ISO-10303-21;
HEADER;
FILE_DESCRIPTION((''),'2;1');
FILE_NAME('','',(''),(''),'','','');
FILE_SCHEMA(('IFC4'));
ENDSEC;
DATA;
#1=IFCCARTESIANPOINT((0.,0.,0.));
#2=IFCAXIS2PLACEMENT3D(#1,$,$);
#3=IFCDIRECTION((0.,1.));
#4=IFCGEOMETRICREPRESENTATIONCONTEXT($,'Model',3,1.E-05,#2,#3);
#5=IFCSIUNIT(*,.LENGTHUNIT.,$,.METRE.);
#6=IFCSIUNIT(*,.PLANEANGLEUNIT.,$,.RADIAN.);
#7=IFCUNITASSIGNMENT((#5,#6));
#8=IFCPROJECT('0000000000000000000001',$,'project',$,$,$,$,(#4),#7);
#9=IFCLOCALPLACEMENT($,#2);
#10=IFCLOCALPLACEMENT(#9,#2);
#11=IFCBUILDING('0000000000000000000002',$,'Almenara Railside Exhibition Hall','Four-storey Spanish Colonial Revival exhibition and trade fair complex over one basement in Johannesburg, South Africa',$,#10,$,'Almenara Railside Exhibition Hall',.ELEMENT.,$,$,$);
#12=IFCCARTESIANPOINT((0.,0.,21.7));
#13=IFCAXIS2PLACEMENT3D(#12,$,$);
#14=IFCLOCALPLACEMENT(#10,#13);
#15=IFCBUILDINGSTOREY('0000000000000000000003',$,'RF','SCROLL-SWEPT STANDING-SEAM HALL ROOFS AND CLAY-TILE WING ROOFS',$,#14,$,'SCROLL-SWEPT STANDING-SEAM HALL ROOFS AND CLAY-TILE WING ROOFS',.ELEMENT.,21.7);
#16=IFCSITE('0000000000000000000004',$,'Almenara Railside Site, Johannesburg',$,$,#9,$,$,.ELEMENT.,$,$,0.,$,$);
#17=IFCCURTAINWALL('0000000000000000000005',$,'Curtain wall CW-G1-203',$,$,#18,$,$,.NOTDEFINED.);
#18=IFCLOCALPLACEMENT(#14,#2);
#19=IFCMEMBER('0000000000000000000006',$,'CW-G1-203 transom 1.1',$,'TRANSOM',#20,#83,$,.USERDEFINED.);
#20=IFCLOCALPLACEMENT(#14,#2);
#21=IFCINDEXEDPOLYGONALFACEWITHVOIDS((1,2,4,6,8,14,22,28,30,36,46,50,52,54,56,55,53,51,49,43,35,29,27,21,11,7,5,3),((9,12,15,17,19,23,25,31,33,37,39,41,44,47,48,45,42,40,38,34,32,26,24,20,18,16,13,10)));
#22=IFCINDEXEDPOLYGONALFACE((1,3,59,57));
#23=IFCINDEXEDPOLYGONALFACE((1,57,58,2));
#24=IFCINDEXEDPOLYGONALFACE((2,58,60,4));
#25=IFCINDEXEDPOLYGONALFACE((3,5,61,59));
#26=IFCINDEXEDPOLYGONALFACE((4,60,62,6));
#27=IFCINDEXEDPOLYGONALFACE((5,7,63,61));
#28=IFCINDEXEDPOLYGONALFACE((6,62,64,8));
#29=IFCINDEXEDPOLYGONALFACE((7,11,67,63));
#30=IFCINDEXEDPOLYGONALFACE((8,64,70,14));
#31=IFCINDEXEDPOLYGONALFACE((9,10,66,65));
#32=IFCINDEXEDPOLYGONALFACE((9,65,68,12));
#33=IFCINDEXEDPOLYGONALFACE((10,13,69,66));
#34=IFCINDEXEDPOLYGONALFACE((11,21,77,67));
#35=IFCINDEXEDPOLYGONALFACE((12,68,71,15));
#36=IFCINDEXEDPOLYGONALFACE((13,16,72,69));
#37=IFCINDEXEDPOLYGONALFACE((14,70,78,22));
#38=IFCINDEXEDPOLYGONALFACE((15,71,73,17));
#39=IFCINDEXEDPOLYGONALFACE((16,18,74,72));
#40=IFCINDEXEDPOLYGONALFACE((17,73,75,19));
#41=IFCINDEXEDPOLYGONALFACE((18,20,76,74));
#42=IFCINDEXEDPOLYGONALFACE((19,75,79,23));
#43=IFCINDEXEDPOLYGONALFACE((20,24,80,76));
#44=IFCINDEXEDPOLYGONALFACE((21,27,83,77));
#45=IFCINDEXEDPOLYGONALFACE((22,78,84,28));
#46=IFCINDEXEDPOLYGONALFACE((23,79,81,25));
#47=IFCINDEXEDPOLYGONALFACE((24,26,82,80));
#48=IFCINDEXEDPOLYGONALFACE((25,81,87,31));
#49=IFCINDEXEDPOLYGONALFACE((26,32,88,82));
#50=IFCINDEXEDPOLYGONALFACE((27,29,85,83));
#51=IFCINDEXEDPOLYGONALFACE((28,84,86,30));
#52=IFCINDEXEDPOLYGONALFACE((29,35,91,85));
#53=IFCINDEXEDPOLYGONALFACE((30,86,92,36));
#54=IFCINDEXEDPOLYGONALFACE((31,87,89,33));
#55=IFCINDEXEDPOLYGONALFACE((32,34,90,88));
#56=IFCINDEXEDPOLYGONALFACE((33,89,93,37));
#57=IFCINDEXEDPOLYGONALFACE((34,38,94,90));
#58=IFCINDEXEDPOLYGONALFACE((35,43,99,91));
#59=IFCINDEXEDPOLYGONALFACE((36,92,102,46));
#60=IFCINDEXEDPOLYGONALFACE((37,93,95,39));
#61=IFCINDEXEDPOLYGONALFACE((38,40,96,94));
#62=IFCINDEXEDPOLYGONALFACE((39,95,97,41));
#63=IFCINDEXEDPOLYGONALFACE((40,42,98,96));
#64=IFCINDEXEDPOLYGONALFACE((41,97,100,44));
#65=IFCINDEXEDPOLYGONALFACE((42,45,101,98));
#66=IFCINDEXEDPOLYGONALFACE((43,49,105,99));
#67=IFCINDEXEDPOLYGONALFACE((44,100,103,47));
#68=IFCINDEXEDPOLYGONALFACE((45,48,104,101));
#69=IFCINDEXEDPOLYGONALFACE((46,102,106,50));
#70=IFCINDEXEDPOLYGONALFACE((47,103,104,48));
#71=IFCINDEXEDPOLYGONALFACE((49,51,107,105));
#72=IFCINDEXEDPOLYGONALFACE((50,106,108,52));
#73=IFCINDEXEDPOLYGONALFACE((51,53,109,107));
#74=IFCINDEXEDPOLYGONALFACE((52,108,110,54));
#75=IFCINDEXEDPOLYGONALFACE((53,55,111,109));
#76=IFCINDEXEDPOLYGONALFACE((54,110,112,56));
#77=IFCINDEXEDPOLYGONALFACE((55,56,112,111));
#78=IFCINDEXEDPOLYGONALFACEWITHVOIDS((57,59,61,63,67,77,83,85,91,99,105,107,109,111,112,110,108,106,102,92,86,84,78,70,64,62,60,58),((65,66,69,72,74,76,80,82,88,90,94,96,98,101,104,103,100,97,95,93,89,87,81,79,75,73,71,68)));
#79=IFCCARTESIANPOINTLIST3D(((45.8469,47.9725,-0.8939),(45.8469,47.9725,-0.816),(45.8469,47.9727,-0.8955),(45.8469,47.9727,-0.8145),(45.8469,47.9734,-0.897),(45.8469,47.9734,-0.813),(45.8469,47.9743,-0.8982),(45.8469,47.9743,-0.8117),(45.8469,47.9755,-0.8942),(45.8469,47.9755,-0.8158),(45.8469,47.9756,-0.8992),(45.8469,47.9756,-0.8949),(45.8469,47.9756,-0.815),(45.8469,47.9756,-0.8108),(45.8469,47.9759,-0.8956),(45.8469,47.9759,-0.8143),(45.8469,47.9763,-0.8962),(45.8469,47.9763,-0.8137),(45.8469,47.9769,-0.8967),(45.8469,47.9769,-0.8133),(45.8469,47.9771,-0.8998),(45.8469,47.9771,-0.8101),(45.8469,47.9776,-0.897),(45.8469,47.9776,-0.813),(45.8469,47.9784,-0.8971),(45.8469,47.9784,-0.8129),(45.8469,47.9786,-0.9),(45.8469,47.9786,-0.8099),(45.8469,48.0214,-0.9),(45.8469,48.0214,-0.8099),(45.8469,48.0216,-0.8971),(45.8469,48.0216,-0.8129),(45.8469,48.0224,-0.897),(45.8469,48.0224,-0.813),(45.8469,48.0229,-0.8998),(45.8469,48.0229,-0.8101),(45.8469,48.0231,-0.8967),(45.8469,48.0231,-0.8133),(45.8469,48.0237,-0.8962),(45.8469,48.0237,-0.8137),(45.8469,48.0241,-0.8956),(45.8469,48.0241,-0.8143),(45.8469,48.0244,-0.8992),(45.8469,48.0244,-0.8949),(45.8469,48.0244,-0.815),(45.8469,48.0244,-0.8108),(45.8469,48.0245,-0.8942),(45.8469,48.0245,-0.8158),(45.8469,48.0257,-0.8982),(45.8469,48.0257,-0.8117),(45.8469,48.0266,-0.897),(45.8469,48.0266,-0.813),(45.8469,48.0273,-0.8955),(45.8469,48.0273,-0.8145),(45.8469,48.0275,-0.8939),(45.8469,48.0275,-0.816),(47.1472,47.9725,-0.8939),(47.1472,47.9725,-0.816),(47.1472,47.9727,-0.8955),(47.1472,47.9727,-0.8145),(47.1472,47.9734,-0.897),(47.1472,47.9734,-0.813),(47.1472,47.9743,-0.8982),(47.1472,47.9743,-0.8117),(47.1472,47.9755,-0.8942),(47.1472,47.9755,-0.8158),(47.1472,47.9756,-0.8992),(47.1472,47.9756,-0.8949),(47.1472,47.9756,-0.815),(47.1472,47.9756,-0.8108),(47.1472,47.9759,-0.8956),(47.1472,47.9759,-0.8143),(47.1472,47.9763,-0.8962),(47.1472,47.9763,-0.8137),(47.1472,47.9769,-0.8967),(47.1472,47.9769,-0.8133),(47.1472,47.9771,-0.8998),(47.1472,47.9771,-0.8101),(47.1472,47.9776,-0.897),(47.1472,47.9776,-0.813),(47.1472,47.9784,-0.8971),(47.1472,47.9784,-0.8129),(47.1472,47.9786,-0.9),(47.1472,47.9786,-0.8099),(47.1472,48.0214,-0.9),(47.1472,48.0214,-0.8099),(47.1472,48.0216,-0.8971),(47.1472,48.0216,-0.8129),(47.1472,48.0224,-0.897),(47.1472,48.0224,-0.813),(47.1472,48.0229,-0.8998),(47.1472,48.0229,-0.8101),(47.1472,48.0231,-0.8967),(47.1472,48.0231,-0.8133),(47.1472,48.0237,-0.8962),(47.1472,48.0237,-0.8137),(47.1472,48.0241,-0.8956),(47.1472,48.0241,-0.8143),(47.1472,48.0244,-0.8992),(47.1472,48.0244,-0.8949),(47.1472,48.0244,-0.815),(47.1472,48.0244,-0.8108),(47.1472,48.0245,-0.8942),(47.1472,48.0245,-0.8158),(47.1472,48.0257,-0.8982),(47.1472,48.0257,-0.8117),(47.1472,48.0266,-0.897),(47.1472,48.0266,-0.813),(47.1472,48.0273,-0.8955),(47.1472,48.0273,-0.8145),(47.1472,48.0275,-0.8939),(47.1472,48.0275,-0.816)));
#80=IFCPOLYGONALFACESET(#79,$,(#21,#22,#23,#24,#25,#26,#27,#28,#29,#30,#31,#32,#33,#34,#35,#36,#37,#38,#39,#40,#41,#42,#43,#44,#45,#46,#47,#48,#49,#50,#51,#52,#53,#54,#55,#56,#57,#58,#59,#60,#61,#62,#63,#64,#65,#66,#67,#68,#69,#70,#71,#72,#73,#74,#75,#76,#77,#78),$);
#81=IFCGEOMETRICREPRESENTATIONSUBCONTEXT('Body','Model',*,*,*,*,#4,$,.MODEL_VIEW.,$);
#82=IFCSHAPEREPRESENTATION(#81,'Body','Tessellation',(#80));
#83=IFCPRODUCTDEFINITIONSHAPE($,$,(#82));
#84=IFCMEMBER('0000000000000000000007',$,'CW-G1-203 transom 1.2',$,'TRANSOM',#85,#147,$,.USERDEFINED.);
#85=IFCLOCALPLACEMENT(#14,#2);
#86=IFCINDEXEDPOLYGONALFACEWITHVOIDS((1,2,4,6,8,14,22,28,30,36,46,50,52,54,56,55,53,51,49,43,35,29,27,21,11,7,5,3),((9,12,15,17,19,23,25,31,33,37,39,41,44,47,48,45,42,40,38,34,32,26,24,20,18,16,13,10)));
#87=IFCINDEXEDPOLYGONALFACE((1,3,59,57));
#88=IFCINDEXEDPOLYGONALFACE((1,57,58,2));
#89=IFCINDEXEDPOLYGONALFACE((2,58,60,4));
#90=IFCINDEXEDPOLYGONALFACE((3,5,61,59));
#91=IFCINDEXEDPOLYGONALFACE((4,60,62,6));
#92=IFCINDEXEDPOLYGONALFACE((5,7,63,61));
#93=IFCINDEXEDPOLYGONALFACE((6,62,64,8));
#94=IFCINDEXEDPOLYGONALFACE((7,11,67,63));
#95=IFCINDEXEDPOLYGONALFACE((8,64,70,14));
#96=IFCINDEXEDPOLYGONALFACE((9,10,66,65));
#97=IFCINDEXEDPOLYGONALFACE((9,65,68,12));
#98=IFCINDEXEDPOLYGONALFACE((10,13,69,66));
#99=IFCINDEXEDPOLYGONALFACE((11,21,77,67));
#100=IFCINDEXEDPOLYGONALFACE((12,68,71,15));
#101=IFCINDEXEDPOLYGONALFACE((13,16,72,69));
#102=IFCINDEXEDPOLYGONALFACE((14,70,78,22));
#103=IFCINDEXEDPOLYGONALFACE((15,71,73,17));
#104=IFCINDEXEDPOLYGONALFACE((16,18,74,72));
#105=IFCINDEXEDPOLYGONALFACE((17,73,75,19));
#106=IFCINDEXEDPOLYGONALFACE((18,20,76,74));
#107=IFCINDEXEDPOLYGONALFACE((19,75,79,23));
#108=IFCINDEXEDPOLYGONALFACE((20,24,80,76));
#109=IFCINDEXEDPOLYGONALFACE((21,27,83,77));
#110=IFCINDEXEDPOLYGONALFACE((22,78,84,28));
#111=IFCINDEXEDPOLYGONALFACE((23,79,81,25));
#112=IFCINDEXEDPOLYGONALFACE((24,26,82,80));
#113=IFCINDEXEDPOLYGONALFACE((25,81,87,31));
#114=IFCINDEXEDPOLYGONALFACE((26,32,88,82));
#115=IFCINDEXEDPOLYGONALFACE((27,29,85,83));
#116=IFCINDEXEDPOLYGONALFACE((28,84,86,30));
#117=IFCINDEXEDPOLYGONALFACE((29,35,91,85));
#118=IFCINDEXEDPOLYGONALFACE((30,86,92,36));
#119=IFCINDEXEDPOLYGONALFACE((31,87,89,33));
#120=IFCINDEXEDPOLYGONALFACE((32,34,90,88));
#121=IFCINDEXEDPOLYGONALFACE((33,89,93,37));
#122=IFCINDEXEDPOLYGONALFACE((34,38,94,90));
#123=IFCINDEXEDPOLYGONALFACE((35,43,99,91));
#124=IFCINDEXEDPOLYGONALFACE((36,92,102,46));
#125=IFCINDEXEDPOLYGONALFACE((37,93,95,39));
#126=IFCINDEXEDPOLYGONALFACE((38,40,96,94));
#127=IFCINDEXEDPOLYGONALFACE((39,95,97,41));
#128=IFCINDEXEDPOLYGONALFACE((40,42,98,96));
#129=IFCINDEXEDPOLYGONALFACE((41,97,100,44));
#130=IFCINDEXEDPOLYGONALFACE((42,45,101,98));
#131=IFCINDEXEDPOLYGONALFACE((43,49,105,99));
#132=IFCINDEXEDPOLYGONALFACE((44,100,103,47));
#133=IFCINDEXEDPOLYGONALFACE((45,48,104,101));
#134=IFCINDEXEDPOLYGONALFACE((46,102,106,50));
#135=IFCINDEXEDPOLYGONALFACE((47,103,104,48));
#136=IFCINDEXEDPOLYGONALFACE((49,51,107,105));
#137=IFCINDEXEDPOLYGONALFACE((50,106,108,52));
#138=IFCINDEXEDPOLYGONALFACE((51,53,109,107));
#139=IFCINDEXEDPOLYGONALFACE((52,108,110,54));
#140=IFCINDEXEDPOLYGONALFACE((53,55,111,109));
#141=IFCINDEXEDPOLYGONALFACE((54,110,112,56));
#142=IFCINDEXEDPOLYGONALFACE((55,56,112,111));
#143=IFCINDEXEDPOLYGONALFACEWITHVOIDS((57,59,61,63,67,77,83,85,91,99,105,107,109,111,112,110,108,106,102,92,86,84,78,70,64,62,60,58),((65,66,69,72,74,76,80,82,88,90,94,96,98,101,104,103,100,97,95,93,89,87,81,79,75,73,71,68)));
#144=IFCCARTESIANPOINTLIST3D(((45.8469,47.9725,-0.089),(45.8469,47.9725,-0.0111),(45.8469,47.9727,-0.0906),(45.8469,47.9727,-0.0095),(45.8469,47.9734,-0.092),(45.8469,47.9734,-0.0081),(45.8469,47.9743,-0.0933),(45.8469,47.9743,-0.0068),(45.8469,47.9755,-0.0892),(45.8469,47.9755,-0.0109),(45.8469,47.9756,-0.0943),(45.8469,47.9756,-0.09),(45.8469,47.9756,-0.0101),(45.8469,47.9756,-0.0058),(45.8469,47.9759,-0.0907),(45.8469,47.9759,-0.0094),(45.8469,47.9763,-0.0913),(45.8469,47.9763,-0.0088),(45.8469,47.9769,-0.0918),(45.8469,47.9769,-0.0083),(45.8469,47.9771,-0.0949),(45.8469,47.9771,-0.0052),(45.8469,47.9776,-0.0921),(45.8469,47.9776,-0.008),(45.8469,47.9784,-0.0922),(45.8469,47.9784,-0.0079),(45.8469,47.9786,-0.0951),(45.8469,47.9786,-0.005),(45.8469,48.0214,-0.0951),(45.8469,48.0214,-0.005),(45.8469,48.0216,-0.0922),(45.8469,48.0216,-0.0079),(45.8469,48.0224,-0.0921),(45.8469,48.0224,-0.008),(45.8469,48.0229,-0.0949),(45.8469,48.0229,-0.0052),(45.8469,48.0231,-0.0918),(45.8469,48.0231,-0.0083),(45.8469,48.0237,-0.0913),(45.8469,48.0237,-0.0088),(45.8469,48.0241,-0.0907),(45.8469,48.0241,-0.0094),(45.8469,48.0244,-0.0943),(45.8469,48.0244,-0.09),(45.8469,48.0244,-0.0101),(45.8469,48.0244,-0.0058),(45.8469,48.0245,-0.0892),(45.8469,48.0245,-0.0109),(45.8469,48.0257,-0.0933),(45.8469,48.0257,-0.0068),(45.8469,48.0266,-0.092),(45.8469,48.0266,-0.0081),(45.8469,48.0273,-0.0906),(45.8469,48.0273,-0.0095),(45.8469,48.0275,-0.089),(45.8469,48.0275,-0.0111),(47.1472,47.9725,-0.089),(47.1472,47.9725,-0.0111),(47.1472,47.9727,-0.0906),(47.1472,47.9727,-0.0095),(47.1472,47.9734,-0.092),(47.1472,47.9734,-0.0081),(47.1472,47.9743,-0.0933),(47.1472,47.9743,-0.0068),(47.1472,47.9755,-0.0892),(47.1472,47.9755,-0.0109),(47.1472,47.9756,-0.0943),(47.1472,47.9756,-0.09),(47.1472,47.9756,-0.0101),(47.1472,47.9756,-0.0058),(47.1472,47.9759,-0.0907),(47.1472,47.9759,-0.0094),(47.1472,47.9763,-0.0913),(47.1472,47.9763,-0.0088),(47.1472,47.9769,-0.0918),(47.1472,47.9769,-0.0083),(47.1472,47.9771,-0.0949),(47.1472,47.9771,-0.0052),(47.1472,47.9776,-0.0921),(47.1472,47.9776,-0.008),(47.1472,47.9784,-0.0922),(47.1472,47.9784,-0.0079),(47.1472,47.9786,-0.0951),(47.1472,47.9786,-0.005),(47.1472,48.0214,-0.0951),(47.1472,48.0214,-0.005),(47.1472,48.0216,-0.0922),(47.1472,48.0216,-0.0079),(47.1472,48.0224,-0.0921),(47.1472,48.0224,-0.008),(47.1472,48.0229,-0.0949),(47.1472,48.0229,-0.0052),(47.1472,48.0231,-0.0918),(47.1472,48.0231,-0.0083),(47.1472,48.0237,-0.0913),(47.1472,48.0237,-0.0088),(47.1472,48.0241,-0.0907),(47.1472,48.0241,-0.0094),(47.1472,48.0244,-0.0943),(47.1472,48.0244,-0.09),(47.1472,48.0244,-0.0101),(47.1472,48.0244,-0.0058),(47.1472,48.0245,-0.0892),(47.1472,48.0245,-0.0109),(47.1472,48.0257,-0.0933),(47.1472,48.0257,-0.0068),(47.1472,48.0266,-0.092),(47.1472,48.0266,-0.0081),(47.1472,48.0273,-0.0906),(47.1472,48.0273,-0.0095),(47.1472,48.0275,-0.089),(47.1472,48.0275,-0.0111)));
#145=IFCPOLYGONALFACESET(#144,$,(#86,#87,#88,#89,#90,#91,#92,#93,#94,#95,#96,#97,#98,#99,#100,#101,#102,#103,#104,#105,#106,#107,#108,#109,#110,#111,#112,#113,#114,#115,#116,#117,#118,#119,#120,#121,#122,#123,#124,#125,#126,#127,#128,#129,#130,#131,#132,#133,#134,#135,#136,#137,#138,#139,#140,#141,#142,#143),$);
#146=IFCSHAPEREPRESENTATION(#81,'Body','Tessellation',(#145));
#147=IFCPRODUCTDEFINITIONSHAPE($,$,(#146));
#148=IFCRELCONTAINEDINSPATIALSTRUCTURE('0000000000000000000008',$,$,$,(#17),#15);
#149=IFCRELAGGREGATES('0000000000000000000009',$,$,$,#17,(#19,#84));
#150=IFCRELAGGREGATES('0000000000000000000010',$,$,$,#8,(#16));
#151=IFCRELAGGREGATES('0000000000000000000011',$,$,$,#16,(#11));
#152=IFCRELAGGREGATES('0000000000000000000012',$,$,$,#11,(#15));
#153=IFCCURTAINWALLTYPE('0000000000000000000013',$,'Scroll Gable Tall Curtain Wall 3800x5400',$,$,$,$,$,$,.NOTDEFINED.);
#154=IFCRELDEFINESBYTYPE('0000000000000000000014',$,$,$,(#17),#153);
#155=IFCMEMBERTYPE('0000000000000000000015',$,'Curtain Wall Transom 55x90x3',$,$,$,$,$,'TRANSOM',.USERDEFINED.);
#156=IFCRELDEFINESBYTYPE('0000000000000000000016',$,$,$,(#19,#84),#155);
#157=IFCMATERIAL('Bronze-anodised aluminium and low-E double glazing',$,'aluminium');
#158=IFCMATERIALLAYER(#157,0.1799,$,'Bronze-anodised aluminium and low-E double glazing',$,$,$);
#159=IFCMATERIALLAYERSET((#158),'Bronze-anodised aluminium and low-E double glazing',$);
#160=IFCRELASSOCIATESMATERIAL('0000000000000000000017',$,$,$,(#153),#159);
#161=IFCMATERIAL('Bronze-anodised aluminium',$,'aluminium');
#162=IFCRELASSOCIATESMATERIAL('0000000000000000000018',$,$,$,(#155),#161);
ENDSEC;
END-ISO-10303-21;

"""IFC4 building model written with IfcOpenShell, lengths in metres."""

from ifc_helpers import new_model, si_unit, direction, frame, origin, origin_2d, place, context, subcontext, project, spatial, hollow_rectangle, extrude, material, layer, layer_set, material_profile, profile_set, type_object, element, aggregate, save


model = new_model("IFC4")

# Units and contexts
model_context = context("Model", 3, precision=1e-05, world=origin(), true_north=direction((0.0, 1.0)))
body_context = subcontext(model_context, "Body", "Model", "MODEL_VIEW")
ifc_project = project(units=[si_unit("LENGTHUNIT", "METRE"), si_unit("PLANEANGLEUNIT", "RADIAN")], contexts=[model_context])

# Site, building, storey
site_placement = place(None, origin())
site = spatial("IfcSite", under=ifc_project, at=site_placement, Name="Almenara Railside Site, Johannesburg", CompositionType="ELEMENT", RefElevation=0.0)
building_placement = place(site_placement, origin())
building = spatial("IfcBuilding", under=site, at=building_placement, Name="Almenara Railside Exhibition Hall", Description="Four-storey Spanish Colonial Revival exhibition and trade fair complex over one basement in Johannesburg, South Africa", LongName="Almenara Railside Exhibition Hall", CompositionType="ELEMENT")
storey_placement = place(building_placement, frame((0.0, 0.0, 21.7)))
storey = spatial("IfcBuildingStorey", under=building, at=storey_placement, Name="RF", Description="SCROLL-SWEPT STANDING-SEAM HALL ROOFS AND CLAY-TILE WING ROOFS", LongName="SCROLL-SWEPT STANDING-SEAM HALL ROOFS AND CLAY-TILE WING ROOFS", CompositionType="ELEMENT", Elevation=21.7)

# Curtain wall
ifc_material_1 = material(Name="Bronze-anodised aluminium and low-E double glazing", Category="aluminium")
ifc_layer_1 = layer(ifc_material_1, 0.1799, Name="Bronze-anodised aluminium and low-E double glazing")
ifc_layer_set_1 = layer_set([ifc_layer_1], Name="Bronze-anodised aluminium and low-E double glazing")
curtain_wall_type = type_object("IfcCurtainWallType", Name="Scroll Gable Tall Curtain Wall 3800x5400", PredefinedType="NOTDEFINED", material=ifc_layer_set_1)
curtain_wall_1_placement = place(storey_placement, origin())
curtain_wall_1 = element("IfcCurtainWall", 1, at=curtain_wall_1_placement, inside=storey, type_object=curtain_wall_type, Name="Curtain wall CW-G1-203", PredefinedType="NOTDEFINED")
ifc_material_2 = material(Name="Bronze-anodised aluminium", Category="aluminium")

# Members
ifc_material_profile_1 = material_profile(ifc_material_2, hollow_rectangle(XDim=0.0549, YDim=0.0901, WallThickness=0.0029, InnerFilletRadius=0.0029, OuterFilletRadius=0.0061, at=origin_2d()), Name="ALU-TRN 55x90x3")
ifc_profile_set_1 = profile_set([ifc_material_profile_1], Name="Bronze-anodised aluminium")
member_type_1 = type_object("IfcMemberType", Name="Curtain Wall Transom 55x90x3", ElementType="TRANSOM", PredefinedType="USERDEFINED", material=ifc_profile_set_1)
member_1_placement = place(storey_placement, frame((45.8469, 48.0, -0.855), z_axis=(1.0, 0.0, 0.0), x_axis=(0.0, 1.0, 0.0)))
member_1 = element("IfcMember", 2, at=member_1_placement, type_object=member_type_1, Name="CW-G1-203 transom 1.1", ObjectType="TRANSOM", PredefinedType="USERDEFINED", context=body_context, shape_type="SweptSolid", body=[
    extrude(hollow_rectangle(XDim=0.0549, YDim=0.0901, WallThickness=0.0029, InnerFilletRadius=0.0029, OuterFilletRadius=0.0061, at=origin_2d()), origin(), (0.0, 0.0, 1.0), 1.3003),
])
member_2_placement = place(storey_placement, frame((45.8469, 48.0, -0.05), z_axis=(1.0, 0.0, 0.0), x_axis=(0.0, 1.0, 0.0)))
member_2 = element("IfcMember", 3, at=member_2_placement, type_object=member_type_1, Name="CW-G1-203 transom 1.2", ObjectType="TRANSOM", PredefinedType="USERDEFINED", context=body_context, shape_type="SweptSolid", body=[
    extrude(hollow_rectangle(XDim=0.0549, YDim=0.0901, WallThickness=0.0029, InnerFilletRadius=0.0029, OuterFilletRadius=0.0061, at=origin_2d()), origin(), (0.0, 0.0, 1.0), 1.3003),
])

aggregate(curtain_wall_1, [member_1, member_2])

save(model, "model.ifc")
